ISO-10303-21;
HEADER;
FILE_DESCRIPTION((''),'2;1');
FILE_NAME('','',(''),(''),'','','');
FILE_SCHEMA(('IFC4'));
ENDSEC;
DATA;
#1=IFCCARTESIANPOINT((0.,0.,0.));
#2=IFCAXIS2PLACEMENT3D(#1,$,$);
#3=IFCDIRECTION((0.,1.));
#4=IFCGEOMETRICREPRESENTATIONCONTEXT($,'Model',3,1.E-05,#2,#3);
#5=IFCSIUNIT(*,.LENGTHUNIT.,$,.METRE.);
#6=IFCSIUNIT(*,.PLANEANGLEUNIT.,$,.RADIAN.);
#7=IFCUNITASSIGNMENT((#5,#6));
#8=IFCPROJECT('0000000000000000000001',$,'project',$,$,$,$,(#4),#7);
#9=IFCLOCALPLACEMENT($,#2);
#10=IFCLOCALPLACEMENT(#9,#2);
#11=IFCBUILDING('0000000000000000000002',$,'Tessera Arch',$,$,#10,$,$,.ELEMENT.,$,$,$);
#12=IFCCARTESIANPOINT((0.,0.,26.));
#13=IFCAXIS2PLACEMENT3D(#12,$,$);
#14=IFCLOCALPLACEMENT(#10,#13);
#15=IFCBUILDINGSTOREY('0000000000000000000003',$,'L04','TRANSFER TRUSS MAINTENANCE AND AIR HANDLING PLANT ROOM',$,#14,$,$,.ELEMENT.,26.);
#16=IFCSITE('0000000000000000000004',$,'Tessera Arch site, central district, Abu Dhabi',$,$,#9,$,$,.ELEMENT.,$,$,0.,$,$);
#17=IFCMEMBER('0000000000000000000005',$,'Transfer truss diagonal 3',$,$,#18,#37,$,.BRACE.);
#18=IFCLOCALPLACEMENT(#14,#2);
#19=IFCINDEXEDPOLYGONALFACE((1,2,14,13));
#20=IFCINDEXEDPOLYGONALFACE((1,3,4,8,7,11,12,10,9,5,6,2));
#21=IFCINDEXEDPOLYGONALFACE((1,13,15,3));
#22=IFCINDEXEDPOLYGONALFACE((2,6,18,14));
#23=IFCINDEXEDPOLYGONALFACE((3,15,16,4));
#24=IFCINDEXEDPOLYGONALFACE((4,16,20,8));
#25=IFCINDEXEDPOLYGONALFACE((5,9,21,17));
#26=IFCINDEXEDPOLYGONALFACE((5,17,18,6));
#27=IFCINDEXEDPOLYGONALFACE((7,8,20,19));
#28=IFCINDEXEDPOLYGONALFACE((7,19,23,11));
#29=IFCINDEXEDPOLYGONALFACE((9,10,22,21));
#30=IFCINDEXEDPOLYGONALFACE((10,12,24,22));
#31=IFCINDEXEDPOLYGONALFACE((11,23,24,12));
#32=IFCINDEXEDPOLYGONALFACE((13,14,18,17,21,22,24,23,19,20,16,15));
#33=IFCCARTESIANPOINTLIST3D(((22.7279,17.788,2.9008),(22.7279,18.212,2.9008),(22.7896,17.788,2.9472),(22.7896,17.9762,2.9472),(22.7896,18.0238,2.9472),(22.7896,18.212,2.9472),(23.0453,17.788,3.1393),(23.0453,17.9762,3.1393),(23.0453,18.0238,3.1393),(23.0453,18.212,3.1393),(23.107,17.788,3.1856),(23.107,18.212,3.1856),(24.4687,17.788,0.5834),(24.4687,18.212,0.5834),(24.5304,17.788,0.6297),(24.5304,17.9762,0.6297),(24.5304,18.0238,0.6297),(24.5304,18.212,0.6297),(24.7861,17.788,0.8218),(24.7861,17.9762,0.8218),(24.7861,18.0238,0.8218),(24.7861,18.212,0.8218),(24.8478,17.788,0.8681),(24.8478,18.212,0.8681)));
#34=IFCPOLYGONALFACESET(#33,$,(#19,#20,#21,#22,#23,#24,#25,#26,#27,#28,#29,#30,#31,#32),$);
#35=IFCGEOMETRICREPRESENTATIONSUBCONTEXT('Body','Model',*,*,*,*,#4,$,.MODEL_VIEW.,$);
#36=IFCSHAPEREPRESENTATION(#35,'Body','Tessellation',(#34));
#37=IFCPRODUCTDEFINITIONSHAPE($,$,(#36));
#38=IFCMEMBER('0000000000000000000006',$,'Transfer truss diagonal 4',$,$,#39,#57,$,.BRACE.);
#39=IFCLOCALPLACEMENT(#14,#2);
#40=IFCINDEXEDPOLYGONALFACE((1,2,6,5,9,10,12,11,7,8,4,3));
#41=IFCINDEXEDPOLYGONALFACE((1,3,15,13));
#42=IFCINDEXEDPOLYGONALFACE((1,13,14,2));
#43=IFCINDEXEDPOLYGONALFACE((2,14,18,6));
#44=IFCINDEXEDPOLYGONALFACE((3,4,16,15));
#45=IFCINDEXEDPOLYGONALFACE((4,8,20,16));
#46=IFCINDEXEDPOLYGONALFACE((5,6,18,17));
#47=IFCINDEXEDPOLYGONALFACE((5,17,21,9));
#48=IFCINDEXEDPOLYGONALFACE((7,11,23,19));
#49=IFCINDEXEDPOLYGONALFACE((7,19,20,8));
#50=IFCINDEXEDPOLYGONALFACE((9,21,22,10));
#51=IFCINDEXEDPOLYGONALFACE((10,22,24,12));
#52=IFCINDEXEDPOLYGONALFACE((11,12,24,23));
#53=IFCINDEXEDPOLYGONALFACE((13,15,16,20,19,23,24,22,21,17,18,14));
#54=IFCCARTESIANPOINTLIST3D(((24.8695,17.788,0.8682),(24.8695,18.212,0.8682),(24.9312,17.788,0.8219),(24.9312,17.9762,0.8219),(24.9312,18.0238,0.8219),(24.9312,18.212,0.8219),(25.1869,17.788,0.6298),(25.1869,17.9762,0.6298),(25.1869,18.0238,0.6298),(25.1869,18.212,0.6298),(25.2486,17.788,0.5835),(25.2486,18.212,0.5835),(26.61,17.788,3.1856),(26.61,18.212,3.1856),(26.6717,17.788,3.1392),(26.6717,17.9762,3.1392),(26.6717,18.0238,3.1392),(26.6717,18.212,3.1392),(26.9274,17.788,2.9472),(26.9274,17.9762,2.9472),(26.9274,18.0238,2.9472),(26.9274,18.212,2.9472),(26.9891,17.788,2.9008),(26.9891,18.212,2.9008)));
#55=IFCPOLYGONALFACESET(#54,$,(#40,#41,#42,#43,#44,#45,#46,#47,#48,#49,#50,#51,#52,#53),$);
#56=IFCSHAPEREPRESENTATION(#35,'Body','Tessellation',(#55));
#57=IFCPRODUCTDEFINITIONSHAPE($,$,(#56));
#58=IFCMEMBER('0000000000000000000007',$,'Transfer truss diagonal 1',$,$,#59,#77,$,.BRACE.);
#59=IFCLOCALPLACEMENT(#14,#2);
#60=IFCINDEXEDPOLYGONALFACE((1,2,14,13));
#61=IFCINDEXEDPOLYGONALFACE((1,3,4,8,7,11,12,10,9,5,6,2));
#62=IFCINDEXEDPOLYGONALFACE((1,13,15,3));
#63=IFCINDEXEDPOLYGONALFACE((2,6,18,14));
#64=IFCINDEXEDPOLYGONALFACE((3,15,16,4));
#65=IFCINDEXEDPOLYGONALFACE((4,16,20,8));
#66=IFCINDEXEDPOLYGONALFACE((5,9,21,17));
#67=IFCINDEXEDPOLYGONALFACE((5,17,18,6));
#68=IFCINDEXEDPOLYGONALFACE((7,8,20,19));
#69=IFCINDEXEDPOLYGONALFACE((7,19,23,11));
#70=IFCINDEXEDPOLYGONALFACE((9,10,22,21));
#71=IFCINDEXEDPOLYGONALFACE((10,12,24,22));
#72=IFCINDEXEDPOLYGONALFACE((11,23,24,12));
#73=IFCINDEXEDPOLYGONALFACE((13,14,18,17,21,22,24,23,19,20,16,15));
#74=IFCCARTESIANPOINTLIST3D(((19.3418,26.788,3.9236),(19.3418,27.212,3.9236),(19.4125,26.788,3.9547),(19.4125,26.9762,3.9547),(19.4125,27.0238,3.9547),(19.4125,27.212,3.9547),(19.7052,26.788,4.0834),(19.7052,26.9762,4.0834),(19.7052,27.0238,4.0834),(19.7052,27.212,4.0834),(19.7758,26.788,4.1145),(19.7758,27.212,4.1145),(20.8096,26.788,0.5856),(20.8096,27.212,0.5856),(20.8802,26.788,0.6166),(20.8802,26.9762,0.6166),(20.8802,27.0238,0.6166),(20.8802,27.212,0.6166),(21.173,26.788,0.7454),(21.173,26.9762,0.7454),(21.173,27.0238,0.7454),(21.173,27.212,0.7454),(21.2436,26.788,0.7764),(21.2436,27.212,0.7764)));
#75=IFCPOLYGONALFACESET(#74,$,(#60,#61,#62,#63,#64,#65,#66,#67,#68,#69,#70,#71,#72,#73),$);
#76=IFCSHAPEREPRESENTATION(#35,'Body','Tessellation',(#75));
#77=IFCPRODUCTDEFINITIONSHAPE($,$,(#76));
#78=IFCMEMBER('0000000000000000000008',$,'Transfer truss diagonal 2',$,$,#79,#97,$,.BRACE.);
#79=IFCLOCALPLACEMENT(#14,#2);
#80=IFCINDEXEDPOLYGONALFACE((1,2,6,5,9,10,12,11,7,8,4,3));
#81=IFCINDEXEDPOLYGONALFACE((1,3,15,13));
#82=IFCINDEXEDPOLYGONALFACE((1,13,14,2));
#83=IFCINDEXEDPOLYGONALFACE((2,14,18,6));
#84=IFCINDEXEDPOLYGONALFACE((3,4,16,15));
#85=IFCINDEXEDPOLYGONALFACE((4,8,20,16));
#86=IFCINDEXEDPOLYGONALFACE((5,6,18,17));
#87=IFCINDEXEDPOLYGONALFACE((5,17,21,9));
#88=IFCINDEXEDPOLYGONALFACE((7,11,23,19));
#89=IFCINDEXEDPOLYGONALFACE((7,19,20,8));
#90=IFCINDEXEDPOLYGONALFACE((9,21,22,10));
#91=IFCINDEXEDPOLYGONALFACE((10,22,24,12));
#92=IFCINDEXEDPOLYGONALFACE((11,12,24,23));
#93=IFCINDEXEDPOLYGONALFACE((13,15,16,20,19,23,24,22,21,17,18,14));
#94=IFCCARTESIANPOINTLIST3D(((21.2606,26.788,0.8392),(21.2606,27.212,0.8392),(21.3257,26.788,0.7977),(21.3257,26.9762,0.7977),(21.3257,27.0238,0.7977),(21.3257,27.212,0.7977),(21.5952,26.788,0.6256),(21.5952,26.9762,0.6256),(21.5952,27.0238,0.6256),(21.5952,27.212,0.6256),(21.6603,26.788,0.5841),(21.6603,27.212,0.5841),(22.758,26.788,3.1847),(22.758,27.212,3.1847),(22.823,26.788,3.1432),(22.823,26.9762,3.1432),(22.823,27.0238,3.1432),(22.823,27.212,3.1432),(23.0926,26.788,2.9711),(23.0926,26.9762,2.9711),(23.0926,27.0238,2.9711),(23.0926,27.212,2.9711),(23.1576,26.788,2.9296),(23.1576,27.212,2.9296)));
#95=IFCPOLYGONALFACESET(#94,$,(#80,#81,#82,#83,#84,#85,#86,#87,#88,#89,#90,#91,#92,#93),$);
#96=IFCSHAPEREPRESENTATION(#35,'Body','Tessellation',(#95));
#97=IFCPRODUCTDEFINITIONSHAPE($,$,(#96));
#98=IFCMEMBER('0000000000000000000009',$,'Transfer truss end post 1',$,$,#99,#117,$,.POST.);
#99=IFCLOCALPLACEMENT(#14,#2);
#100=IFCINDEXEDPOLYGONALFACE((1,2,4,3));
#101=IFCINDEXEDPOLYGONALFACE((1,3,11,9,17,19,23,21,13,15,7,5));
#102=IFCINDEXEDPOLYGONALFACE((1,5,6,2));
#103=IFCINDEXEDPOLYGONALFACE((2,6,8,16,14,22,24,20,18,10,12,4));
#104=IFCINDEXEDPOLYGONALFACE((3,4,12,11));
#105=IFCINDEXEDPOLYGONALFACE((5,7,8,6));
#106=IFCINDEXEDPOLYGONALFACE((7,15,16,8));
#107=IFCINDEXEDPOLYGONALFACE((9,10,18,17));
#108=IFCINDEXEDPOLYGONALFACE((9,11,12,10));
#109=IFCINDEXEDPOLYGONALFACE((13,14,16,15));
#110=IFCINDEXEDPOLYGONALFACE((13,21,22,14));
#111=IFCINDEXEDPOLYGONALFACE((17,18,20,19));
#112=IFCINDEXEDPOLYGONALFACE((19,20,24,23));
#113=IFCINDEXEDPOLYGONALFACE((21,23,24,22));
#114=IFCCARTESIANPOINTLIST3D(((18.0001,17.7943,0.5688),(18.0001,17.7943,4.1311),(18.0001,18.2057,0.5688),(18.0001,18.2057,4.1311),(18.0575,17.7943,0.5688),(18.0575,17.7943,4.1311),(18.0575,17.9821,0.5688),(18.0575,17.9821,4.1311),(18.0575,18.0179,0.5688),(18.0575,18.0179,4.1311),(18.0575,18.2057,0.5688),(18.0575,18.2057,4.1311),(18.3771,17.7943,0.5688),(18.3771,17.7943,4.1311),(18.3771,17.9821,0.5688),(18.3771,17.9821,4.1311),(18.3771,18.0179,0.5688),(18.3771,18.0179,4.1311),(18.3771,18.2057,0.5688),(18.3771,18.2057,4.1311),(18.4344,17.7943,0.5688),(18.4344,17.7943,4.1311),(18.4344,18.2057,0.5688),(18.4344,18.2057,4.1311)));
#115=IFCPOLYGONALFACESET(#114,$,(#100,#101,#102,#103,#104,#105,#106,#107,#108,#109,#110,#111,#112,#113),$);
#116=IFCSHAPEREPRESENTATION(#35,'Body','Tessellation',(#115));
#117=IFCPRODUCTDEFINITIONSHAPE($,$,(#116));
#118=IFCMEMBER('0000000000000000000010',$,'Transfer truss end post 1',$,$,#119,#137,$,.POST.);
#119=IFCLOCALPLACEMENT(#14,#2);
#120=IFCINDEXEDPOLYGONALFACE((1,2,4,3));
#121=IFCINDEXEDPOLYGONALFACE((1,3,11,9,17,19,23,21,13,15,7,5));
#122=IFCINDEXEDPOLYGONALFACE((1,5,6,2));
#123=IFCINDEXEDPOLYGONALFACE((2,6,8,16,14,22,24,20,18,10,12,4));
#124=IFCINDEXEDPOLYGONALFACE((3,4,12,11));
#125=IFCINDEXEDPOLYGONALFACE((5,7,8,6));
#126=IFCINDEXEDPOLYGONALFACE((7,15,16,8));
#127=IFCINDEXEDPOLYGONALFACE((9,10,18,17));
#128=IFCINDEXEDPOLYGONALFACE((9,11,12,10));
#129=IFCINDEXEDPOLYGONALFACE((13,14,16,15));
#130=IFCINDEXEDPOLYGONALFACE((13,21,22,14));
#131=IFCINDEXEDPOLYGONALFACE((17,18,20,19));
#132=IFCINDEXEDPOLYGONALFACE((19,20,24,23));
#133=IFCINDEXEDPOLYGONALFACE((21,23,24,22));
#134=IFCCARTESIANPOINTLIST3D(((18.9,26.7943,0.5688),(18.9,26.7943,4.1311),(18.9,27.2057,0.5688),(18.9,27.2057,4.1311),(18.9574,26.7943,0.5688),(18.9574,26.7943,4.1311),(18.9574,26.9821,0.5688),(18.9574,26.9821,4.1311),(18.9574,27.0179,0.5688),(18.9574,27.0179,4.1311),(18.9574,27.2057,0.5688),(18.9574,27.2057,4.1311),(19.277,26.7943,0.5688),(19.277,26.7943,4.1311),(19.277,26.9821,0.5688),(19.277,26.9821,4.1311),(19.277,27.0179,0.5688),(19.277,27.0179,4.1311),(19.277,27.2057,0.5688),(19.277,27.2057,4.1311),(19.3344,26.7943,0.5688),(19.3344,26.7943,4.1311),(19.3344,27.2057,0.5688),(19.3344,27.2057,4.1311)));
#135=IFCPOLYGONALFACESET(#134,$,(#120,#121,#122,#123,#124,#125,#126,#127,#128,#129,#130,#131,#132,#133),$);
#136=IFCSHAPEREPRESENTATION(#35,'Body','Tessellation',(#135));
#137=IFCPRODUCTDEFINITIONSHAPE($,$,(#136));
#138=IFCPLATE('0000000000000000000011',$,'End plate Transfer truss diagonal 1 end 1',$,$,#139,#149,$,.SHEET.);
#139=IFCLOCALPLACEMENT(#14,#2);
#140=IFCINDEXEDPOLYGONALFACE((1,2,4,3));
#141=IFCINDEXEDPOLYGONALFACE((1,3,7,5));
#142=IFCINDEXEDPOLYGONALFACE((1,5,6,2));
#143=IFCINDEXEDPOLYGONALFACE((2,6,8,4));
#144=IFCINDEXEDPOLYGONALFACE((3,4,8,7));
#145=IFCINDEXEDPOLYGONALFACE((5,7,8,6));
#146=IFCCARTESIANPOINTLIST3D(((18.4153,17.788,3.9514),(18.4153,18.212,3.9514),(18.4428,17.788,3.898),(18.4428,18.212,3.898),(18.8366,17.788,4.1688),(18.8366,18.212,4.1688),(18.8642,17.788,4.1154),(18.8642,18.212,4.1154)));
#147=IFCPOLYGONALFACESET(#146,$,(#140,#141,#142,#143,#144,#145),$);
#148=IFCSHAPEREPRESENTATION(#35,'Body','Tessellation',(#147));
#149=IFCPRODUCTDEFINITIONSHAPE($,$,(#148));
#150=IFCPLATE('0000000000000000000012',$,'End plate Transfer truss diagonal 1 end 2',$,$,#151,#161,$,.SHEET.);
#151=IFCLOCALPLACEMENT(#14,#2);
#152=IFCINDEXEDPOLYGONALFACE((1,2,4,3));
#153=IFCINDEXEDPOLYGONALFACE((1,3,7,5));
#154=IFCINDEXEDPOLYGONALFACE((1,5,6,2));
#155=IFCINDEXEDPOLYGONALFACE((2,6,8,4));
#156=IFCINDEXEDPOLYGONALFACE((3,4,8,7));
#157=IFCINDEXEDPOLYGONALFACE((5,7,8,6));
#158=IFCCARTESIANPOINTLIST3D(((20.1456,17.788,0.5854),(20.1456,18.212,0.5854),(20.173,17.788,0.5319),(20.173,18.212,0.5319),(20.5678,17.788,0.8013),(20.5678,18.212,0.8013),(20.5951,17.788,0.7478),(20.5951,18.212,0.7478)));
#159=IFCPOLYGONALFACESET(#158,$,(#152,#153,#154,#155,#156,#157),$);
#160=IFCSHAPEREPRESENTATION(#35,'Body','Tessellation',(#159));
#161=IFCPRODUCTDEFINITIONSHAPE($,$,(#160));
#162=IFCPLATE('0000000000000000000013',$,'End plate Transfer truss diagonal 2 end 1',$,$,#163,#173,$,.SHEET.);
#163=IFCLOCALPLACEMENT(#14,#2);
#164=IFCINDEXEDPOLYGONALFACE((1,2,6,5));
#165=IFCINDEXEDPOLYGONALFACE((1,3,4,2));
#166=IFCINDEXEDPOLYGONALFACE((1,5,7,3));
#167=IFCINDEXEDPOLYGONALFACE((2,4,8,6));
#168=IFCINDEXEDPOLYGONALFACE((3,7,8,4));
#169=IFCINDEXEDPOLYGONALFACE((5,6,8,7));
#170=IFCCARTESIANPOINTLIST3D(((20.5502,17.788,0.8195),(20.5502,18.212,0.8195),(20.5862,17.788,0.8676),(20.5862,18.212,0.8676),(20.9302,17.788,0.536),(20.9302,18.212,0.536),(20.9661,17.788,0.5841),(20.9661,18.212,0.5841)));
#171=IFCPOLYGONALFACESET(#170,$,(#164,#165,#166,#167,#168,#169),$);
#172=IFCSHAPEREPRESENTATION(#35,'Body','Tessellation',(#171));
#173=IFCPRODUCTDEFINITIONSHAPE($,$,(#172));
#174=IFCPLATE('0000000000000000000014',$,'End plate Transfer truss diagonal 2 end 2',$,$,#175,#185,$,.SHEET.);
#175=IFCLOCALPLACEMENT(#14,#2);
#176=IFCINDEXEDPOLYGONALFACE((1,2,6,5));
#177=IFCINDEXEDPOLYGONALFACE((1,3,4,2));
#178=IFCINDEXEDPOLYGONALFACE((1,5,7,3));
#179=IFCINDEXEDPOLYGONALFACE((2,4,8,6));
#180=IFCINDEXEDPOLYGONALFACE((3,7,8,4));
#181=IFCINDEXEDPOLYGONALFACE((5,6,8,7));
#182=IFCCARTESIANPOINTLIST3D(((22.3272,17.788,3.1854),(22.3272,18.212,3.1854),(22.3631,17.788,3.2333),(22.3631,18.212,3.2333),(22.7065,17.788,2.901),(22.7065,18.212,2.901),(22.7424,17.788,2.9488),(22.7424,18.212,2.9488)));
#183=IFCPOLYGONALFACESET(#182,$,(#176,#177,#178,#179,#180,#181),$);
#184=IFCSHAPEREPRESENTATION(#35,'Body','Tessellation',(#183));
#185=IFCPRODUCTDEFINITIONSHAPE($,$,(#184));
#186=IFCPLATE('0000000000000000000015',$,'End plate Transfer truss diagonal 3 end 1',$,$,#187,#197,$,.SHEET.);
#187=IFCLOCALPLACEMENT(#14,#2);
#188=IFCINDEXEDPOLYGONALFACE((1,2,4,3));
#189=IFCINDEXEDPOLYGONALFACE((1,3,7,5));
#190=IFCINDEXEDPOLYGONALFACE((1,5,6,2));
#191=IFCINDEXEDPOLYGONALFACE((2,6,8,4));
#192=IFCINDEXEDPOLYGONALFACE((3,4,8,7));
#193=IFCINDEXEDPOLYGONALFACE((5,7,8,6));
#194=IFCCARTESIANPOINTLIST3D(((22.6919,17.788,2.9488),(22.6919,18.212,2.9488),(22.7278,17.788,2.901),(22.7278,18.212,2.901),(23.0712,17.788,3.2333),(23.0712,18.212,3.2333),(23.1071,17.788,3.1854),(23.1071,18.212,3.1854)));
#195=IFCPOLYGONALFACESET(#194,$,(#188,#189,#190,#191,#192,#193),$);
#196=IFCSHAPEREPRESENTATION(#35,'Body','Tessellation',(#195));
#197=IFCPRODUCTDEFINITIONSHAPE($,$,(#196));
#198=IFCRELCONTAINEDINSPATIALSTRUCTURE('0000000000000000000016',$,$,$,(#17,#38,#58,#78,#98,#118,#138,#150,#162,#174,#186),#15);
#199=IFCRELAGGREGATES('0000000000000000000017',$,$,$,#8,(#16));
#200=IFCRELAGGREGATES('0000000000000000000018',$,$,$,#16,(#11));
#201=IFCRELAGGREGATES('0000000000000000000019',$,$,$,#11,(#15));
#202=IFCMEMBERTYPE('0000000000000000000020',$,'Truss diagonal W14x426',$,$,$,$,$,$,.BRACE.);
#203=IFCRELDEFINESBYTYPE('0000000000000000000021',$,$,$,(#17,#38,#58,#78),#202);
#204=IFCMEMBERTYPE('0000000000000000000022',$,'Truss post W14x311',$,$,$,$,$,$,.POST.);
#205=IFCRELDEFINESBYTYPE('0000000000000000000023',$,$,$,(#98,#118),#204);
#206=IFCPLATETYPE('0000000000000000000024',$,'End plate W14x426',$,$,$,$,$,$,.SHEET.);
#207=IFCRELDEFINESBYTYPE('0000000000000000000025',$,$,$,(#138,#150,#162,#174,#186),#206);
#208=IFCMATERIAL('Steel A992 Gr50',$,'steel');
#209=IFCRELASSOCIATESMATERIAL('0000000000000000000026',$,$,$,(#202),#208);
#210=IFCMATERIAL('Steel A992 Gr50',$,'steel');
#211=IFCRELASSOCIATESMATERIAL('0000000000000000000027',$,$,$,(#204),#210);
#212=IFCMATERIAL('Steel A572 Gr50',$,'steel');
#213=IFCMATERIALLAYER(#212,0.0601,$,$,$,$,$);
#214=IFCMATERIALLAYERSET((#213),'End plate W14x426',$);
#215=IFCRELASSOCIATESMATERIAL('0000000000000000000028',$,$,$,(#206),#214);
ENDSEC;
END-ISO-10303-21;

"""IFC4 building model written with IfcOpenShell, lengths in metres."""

from ifc_helpers import new_model, si_unit, direction, frame, origin, origin_2d, place, context, subcontext, project, spatial, rectangle, i_section, extrude, material, layer, layer_set, material_profile, profile_set, type_object, element, save


model = new_model("IFC4")

# Units and contexts
model_context = context("Model", 3, precision=1e-05, world=origin(), true_north=direction((0.0, 1.0)))
body_context = subcontext(model_context, "Body", "Model", "MODEL_VIEW")
ifc_project = project(units=[si_unit("LENGTHUNIT", "METRE"), si_unit("PLANEANGLEUNIT", "RADIAN")], contexts=[model_context])

# Site, building, storey
site_placement = place(None, origin())
site = spatial("IfcSite", under=ifc_project, at=site_placement, Name="Tessera Arch site, central district, Abu Dhabi", CompositionType="ELEMENT", RefElevation=0.0)
building_placement = place(site_placement, origin())
building = spatial("IfcBuilding", under=site, at=building_placement, Name="Tessera Arch", CompositionType="ELEMENT")
storey_placement = place(building_placement, frame((0.0, 0.0, 26.0)))
storey = spatial("IfcBuildingStorey", under=building, at=storey_placement, Name="L04", Description="TRANSFER TRUSS MAINTENANCE AND AIR HANDLING PLANT ROOM", CompositionType="ELEMENT", Elevation=26.0)

# Members
ifc_material_1 = material(Name="Steel A992 Gr50", Category="steel")
ifc_material_profile_1 = material_profile(ifc_material_1, i_section(OverallWidth=0.4241, OverallDepth=0.4741, WebThickness=0.0476, FlangeThickness=0.0771, at=origin_2d()), Name="W14x426")
ifc_profile_set_1 = profile_set([ifc_material_profile_1], Name="Steel A992 Gr50")
member_type_1 = type_object("IfcMemberType", Name="Truss diagonal W14x426", PredefinedType="BRACE", material=ifc_profile_set_1)
for number, where, z_axis, x_axis, name in (
    (1, (22.9175, 18.0, 3.0432), (0.600593, 0.0, -0.799555), (0.0, 1.0, 0.0), "Transfer truss diagonal 3"),
):
    element("IfcMember", number, at=place(storey_placement, frame(where, z_axis=z_axis, x_axis=x_axis)), inside=storey, type_object=member_type_1, Name=name, PredefinedType="BRACE", context=body_context, shape_type="SweptSolid", body=[
        extrude(i_section(OverallWidth=0.4241, OverallDepth=0.4741, WebThickness=0.0476, FlangeThickness=0.0771, at=origin_2d()), origin(), (0.0, 0.0, 1.0), 2.8984),
    ])
member_1_placement = place(storey_placement, frame((25.0591, 18.0, 0.7258), z_axis=(0.600539, 0.0, 0.799595), x_axis=(0.0, 1.0, 0.0)))
element("IfcMember", 2, at=member_1_placement, inside=storey, type_object=member_type_1, Name="Transfer truss diagonal 4", PredefinedType="BRACE", context=body_context, shape_type="SweptSolid", body=[
    extrude(i_section(OverallWidth=0.4241, OverallDepth=0.4741, WebThickness=0.0476, FlangeThickness=0.0771, at=origin_2d()), origin(), (0.0, 0.0, 1.0), 2.8982),
])
member_2_placement = place(storey_placement, frame((19.5588, 27.0, 4.019), z_axis=(0.402508, 0.0, -0.915417), x_axis=(0.0, 1.0, 0.0)))
element("IfcMember", 3, at=member_2_placement, inside=storey, type_object=member_type_1, Name="Transfer truss diagonal 1", PredefinedType="BRACE", context=body_context, shape_type="SweptSolid", body=[
    extrude(i_section(OverallWidth=0.4241, OverallDepth=0.4741, WebThickness=0.0476, FlangeThickness=0.0771, at=origin_2d()), origin(), (0.0, 0.0, 1.0), 3.6465),
])
member_3_placement = place(storey_placement, frame((21.4604, 27.0, 0.7117), z_axis=(0.53809, 0.0, 0.842887), x_axis=(0.0, 1.0, 0.0)))
element("IfcMember", 4, at=member_3_placement, inside=storey, type_object=member_type_1, Name="Transfer truss diagonal 2", PredefinedType="BRACE", context=body_context, shape_type="SweptSolid", body=[
    extrude(i_section(OverallWidth=0.4241, OverallDepth=0.4741, WebThickness=0.0476, FlangeThickness=0.0771, at=origin_2d()), origin(), (0.0, 0.0, 1.0), 2.7827),
])
ifc_material_2 = material(Name="Steel A992 Gr50", Category="steel")
ifc_material_profile_2 = material_profile(ifc_material_2, i_section(OverallWidth=0.4114, OverallDepth=0.4343, WebThickness=0.0359, FlangeThickness=0.0574, at=origin_2d()), Name="W14x311")
ifc_profile_set_2 = profile_set([ifc_material_profile_2], Name="Steel A992 Gr50")
member_type_2 = type_object("IfcMemberType", Name="Truss post W14x311", PredefinedType="POST", material=ifc_profile_set_2)
for number, where, z_axis, x_axis, name in (
    (5, (18.2173, 18.0, 0.5688), (0.0, 0.0, 1.0), (0.0, 1.0, 0.0), "Transfer truss end post 1"),
    (6, (19.1172, 27.0, 0.5688), (0.0, 0.0, 1.0), (0.0, 1.0, 0.0), "Transfer truss end post 1"),
):
    element("IfcMember", number, at=place(storey_placement, frame(where, z_axis=z_axis, x_axis=x_axis)), inside=storey, type_object=member_type_2, Name=name, PredefinedType="POST", context=body_context, shape_type="SweptSolid", body=[
        extrude(i_section(OverallWidth=0.4114, OverallDepth=0.4343, WebThickness=0.0359, FlangeThickness=0.0574, at=origin_2d()), origin(), (0.0, 0.0, 1.0), 3.5623),
    ])

# Plates
ifc_material_3 = material(Name="Steel A572 Gr50", Category="steel")
ifc_layer_1 = layer(ifc_material_3, 0.0601)
ifc_layer_set_1 = layer_set([ifc_layer_1], Name="End plate W14x426")
plate_type = type_object("IfcPlateType", Name="End plate W14x426", PredefinedType="SHEET", material=ifc_layer_set_1)
for number, where, z_axis, x_axis, name in (
    (7, (18.626, 18.0, 4.0601), (0.45854, 0.0, -0.888674), (0.0, 1.0, 0.0), "End plate Transfer truss diagonal 1 end 1"),
    (8, (20.3567, 18.0, 0.6934), (0.455326, 0.0, -0.890325), (0.0, 1.0, 0.0), "End plate Transfer truss diagonal 1 end 2"),
    (9, (20.7402, 18.0, 0.6777), (0.598045, 0.0, 0.801462), (0.0, 1.0, 0.0), "End plate Transfer truss diagonal 2 end 1"),
):
    element("IfcPlate", number, at=place(storey_placement, frame(where, z_axis=z_axis, x_axis=x_axis)), inside=storey, type_object=plate_type, Name=name, PredefinedType="SHEET", context=body_context, shape_type="SweptSolid", body=[
        extrude(rectangle(XDim=0.4241, YDim=0.4741, at=origin_2d()), origin(), (0.0, 0.0, 1.0), 0.0601),
    ])
for number, where, z_axis, x_axis, name in (
    (10, (22.5168, 18.0, 3.0432), (0.6, 0.0, 0.8), (0.0, 1.0, 0.0), "End plate Transfer truss diagonal 2 end 2"),
    (11, (22.8816, 18.0, 3.0911), (0.6, 0.0, -0.8), (0.0, 1.0, 0.0), "End plate Transfer truss diagonal 3 end 1"),
):
    element("IfcPlate", number, at=place(storey_placement, frame(where, z_axis=z_axis, x_axis=x_axis)), inside=storey, type_object=plate_type, Name=name, PredefinedType="SHEET", context=body_context, shape_type="SweptSolid", body=[
        extrude(rectangle(XDim=0.4241, YDim=0.4741, at=origin_2d()), origin(), (0.0, 0.0, 1.0), 0.0598),
    ])

save(model, "model.ifc")
